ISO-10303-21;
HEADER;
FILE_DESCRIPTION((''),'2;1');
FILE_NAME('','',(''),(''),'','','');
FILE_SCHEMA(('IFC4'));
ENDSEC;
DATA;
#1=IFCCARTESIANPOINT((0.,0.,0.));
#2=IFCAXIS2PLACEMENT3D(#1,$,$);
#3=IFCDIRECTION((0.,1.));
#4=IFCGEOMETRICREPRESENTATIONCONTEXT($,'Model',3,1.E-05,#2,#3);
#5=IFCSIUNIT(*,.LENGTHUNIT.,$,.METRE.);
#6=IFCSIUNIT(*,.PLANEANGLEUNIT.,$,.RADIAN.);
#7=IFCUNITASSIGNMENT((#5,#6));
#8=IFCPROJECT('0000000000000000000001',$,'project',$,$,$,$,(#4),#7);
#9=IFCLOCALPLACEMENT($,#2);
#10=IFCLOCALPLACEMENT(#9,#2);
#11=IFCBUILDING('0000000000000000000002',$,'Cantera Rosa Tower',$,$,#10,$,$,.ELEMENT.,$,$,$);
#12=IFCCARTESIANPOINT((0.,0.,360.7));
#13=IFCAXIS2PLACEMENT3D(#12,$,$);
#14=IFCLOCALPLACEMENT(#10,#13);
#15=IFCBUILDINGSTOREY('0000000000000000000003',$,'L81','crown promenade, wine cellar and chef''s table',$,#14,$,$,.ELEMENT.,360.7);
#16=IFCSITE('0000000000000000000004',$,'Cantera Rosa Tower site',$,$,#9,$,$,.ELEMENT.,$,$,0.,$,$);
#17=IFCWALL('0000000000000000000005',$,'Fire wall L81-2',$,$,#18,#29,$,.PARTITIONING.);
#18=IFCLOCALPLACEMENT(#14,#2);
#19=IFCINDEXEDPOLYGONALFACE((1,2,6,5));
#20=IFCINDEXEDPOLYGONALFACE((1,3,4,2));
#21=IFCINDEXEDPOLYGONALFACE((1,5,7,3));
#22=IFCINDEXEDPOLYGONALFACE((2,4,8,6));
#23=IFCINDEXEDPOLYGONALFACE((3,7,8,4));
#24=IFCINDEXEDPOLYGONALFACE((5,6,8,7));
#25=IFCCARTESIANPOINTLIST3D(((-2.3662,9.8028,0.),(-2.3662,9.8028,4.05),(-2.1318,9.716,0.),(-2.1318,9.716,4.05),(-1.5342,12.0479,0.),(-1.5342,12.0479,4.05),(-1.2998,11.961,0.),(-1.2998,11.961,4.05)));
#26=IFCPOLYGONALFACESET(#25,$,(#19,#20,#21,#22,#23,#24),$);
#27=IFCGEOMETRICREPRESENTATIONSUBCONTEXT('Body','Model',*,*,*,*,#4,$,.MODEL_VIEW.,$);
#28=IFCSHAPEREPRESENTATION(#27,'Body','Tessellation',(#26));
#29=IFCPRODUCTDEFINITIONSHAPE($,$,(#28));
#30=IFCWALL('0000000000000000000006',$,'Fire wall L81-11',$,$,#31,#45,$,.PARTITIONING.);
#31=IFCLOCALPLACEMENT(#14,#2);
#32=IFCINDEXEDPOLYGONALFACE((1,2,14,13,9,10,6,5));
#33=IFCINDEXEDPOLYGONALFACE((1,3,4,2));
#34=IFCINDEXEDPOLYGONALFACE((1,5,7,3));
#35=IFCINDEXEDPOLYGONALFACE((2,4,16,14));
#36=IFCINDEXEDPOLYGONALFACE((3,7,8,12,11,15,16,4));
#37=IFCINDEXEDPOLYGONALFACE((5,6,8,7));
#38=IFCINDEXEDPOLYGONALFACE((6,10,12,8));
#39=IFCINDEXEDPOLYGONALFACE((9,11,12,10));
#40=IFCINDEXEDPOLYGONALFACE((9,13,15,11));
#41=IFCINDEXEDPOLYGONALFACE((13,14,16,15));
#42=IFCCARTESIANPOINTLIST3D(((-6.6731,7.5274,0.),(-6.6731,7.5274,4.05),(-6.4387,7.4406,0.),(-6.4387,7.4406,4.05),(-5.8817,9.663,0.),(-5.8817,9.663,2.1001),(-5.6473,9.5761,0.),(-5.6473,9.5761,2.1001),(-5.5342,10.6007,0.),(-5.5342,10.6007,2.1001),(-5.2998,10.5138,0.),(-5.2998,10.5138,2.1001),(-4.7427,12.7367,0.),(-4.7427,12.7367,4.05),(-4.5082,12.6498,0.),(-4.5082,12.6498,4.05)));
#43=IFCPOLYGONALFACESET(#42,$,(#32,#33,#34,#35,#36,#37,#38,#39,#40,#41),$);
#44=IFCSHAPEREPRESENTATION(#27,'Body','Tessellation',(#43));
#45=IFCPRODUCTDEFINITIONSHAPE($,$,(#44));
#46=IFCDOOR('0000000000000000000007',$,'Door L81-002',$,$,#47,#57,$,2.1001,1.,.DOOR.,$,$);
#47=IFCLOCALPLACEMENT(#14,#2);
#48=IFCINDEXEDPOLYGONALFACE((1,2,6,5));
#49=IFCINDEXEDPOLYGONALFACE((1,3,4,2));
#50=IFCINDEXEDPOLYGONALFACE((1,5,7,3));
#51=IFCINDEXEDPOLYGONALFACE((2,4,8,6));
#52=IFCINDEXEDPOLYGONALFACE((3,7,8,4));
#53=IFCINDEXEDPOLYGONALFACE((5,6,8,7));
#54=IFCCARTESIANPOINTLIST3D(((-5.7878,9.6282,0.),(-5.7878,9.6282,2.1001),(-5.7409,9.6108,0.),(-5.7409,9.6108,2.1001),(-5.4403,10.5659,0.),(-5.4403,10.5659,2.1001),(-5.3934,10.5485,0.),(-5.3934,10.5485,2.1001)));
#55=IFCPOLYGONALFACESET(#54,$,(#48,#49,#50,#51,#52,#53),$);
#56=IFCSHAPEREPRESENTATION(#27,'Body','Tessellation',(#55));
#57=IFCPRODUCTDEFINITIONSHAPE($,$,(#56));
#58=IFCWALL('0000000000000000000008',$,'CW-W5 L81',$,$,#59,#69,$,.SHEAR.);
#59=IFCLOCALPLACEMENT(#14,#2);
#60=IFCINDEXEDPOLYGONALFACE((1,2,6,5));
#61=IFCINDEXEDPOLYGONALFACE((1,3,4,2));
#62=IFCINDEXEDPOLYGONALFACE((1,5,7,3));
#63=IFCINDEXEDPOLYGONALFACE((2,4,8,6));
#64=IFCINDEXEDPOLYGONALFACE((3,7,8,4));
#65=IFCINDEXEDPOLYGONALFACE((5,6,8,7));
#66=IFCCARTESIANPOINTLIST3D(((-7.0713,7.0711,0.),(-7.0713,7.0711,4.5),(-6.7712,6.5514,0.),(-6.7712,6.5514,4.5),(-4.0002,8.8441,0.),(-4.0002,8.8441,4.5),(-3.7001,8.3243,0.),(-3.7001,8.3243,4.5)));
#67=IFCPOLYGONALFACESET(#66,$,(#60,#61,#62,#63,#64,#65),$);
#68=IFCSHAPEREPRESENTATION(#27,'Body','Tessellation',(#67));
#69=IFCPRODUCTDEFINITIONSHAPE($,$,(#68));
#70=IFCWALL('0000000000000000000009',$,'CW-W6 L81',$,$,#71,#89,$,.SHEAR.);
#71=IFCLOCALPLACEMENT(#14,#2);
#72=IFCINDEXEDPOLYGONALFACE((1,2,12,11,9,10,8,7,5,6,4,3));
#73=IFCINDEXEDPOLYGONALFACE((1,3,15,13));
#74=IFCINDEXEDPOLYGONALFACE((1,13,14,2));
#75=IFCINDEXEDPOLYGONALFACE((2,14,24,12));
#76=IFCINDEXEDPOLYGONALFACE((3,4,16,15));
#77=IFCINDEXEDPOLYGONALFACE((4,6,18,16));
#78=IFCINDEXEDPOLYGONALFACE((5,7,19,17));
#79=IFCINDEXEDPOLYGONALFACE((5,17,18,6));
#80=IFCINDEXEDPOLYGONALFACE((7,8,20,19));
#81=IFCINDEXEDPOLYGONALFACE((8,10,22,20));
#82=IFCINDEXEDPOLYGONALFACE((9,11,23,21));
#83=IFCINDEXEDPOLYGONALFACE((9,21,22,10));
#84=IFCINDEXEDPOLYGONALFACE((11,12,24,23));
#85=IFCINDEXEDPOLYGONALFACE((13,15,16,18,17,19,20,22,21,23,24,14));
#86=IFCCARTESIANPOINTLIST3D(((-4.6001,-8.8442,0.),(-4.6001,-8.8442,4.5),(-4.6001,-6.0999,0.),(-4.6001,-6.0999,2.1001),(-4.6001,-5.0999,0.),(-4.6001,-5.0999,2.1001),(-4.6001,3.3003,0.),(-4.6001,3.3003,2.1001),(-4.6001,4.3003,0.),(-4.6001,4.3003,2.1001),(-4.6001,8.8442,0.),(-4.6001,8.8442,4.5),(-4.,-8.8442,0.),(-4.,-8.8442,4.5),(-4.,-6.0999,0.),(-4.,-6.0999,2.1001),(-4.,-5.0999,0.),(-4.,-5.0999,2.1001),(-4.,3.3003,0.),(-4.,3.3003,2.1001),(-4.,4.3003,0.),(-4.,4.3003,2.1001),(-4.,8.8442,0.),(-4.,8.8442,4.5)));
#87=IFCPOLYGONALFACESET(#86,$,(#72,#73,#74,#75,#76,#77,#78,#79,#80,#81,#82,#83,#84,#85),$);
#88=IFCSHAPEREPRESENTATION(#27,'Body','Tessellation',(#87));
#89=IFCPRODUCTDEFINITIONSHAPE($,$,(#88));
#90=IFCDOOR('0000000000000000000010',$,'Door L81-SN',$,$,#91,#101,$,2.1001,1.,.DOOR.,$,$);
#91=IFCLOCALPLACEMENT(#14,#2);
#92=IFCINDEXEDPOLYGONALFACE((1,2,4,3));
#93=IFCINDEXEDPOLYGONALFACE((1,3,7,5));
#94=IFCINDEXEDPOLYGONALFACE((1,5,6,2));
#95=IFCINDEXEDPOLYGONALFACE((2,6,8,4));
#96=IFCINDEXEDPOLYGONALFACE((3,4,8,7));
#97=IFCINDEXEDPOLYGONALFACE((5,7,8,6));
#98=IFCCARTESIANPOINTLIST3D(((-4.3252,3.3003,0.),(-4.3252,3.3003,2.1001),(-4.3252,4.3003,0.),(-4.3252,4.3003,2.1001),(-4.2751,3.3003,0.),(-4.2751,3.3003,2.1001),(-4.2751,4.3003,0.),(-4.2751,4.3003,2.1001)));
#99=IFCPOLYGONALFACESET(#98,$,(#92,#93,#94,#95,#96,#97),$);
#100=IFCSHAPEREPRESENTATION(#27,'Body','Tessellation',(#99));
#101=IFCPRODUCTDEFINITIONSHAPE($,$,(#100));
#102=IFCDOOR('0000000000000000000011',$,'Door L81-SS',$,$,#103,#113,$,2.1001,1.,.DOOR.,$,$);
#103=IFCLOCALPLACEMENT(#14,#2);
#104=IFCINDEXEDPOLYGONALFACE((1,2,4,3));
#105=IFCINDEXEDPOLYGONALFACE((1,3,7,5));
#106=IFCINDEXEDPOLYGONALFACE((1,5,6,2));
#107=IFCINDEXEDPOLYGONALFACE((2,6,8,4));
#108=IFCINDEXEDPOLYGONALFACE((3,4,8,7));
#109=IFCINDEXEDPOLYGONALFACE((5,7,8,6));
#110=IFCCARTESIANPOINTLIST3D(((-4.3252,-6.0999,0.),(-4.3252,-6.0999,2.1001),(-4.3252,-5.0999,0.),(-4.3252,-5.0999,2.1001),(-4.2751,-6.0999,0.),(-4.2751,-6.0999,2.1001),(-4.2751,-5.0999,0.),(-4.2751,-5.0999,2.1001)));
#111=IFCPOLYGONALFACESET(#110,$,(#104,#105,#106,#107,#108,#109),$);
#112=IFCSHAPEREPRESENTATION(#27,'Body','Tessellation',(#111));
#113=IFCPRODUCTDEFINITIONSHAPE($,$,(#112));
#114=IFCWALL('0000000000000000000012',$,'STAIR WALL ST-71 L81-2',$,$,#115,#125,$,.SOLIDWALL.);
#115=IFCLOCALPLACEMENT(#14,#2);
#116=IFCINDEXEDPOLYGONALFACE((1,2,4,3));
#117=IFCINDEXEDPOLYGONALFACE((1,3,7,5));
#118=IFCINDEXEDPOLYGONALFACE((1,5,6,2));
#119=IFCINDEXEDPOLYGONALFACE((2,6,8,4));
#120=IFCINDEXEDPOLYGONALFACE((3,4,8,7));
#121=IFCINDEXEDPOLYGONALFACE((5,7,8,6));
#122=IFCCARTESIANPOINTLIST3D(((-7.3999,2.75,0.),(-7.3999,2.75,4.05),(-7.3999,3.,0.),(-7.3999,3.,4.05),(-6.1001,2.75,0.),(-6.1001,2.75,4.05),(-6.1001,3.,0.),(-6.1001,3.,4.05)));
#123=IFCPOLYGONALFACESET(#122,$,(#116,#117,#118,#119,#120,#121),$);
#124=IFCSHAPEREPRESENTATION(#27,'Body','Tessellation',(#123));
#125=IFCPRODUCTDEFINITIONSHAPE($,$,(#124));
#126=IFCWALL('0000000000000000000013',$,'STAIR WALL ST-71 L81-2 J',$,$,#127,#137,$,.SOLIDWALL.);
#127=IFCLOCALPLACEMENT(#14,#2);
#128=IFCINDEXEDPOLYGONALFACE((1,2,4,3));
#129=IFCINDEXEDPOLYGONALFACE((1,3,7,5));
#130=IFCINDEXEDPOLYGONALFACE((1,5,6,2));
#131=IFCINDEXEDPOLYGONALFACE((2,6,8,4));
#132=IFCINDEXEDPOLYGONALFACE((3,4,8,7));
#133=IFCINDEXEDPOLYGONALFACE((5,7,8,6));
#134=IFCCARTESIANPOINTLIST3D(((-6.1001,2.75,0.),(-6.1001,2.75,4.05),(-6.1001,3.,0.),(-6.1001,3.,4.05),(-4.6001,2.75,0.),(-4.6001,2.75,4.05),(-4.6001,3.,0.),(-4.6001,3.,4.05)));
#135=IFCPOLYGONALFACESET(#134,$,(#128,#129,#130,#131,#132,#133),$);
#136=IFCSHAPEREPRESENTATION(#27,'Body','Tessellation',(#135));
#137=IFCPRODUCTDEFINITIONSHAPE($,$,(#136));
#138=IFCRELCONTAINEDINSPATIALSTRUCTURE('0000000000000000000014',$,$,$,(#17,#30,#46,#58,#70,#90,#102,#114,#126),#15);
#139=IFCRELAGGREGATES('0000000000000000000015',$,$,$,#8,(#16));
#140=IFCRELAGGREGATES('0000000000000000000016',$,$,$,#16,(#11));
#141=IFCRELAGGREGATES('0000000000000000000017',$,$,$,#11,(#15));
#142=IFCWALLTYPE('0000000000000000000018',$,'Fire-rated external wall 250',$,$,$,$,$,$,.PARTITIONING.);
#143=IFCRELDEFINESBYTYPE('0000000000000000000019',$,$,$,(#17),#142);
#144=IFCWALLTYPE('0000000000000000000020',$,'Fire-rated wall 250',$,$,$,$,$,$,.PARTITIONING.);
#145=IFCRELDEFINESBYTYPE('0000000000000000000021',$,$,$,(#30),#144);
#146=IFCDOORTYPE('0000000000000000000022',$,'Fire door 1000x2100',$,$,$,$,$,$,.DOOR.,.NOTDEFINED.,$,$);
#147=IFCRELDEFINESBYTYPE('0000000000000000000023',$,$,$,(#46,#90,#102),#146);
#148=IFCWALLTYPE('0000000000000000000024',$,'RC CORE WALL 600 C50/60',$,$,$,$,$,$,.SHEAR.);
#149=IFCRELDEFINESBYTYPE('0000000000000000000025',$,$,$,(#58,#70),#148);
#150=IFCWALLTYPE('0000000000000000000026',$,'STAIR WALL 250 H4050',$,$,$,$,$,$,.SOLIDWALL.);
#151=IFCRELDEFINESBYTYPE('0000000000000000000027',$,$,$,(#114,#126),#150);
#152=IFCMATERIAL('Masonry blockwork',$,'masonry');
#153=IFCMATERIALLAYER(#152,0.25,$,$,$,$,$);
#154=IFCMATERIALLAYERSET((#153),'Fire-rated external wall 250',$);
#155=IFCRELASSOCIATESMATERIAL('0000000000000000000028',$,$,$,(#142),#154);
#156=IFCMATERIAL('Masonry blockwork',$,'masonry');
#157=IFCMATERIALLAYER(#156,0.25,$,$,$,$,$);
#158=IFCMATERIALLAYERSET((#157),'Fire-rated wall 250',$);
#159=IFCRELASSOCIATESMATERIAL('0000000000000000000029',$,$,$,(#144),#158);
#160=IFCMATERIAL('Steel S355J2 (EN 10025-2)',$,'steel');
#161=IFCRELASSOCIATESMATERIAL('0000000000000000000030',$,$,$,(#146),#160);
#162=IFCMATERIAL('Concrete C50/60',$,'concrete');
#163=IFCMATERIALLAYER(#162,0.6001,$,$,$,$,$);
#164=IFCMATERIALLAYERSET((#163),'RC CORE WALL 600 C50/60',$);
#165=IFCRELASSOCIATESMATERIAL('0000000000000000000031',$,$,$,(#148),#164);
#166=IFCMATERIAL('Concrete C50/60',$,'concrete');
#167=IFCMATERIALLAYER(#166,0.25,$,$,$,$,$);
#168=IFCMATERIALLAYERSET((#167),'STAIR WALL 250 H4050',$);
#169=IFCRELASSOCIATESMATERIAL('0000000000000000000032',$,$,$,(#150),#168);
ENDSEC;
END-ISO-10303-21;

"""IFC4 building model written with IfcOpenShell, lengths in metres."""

from ifc_helpers import new_model, si_unit, direction, frame, frame_2d, origin, place, context, subcontext, project, spatial, rectangle, extrude, material, layer, layer_set, type_object, element, fill, save


model = new_model("IFC4")

# Units and contexts
model_context = context("Model", 3, precision=1e-05, world=origin(), true_north=direction((0.0, 1.0)))
body_context = subcontext(model_context, "Body", "Model", "MODEL_VIEW")
ifc_project = project(units=[si_unit("LENGTHUNIT", "METRE"), si_unit("PLANEANGLEUNIT", "RADIAN")], contexts=[model_context])

# Site, building, storey
site_placement = place(None, origin())
site = spatial("IfcSite", under=ifc_project, at=site_placement, Name="Cantera Rosa Tower site", CompositionType="ELEMENT", RefElevation=0.0)
building_placement = place(site_placement, origin())
building = spatial("IfcBuilding", under=site, at=building_placement, Name="Cantera Rosa Tower", CompositionType="ELEMENT")
storey_placement = place(building_placement, frame((0.0, 0.0, 360.7)))
storey = spatial("IfcBuildingStorey", under=building, at=storey_placement, Name="L81", Description="crown promenade, wine cellar and chef's table", CompositionType="ELEMENT", Elevation=360.7)

# Wall
ifc_material_1 = material(Name="Masonry blockwork", Category="masonry")
ifc_layer_1 = layer(ifc_material_1, 0.25)
ifc_layer_set_1 = layer_set([ifc_layer_1], Name="Fire-rated external wall 250")
wall_type_1 = type_object("IfcWallType", Name="Fire-rated external wall 250", PredefinedType="PARTITIONING", material=ifc_layer_set_1)
wall_1_placement = place(storey_placement, frame((-2.249, 9.7593, 0.0), z_axis=(0.0, 0.0, 1.0), x_axis=(0.3475, 0.93768, 0.0)))
element("IfcWall", 1, at=wall_1_placement, inside=storey, type_object=wall_type_1, Name="Fire wall L81-2", PredefinedType="PARTITIONING", context=body_context, shape_type="SweptSolid", body=[
    extrude(rectangle(XDim=2.3943, YDim=0.25, at=frame_2d((1.1973, 0.0))), origin(), (0.0, 0.0, 1.0), 4.05),
])

# Wall, opening, door
ifc_material_2 = material(Name="Masonry blockwork", Category="masonry")
ifc_layer_2 = layer(ifc_material_2, 0.25)
ifc_layer_set_2 = layer_set([ifc_layer_2], Name="Fire-rated wall 250")
wall_type_2 = type_object("IfcWallType", Name="Fire-rated wall 250", PredefinedType="PARTITIONING", material=ifc_layer_set_2)
wall_2_placement = place(storey_placement, frame((-6.5559, 7.4839, 0.0), z_axis=(0.0, 0.0, 1.0), x_axis=(0.347485, 0.937686, 0.0)))
wall_2 = element("IfcWall", 2, at=wall_2_placement, inside=storey, type_object=wall_type_2, Name="Fire wall L81-11", PredefinedType="PARTITIONING", context=body_context, shape_type="SweptSolid", body=[
    extrude(rectangle(XDim=5.5554, YDim=0.25, at=frame_2d((2.7778, 0.0))), origin(), (0.0, 0.0, 1.0), 4.05),
])
opening_1_placement = place(wall_2_placement, frame((2.2776, 0.0, 0.0)))
opening_1 = element("IfcOpeningElement", 3, at=opening_1_placement, cuts=wall_2, PredefinedType="OPENING", context=body_context, shape_type="SweptSolid", body=[
    extrude(rectangle(XDim=1.0, YDim=2.1001, at=frame_2d((0.5, 1.05))), frame((0.0, 0.135, 0.0), z_axis=(0.0, -1.0, 0.0), x_axis=(1.0, 0.0, 0.0)), (0.0, 0.0, 1.0), 0.27),
])
ifc_material_3 = material(Name="Steel S355J2 (EN 10025-2)", Category="steel")
door_type = type_object("IfcDoorType", Name="Fire door 1000x2100", OperationType="NOTDEFINED", PredefinedType="DOOR", material=ifc_material_3)
door_1_placement = place(opening_1_placement, origin())
door_1 = element("IfcDoor", 4, at=door_1_placement, inside=storey, type_object=door_type, Name="Door L81-002", OverallHeight=2.1001, OverallWidth=1.0, PredefinedType="DOOR", context=body_context, shape_type="SweptSolid", body=[
    extrude(rectangle(XDim=1.0, YDim=2.1001, at=frame_2d((0.5, 1.05))), frame((0.0, 0.0249, 0.0), z_axis=(0.0, -1.0, 0.0), x_axis=(1.0, 0.0, 0.0)), (0.0, 0.0, 1.0), 0.05),
])
fill(opening_1, door_1)

# Wall
ifc_material_4 = material(Name="Concrete C50/60", Category="concrete")
ifc_layer_3 = layer(ifc_material_4, 0.6001)
ifc_layer_set_3 = layer_set([ifc_layer_3], Name="RC CORE WALL 600 C50/60")
wall_type_3 = type_object("IfcWallType", Name="RC CORE WALL 600 C50/60", PredefinedType="SHEAR", material=ifc_layer_set_3)
wall_3_placement = place(storey_placement, frame((-6.9211, 6.8113, 0.0), z_axis=(0.0, 0.0, 1.0), x_axis=(0.86604, 0.499975, 0.0)))
element("IfcWall", 5, at=wall_3_placement, inside=storey, type_object=wall_type_3, Name="CW-W5 L81", PredefinedType="SHEAR", context=body_context, shape_type="SweptSolid", body=[
    extrude(rectangle(XDim=3.5461, YDim=0.6001, at=frame_2d((1.7729, 0.0))), origin(), (0.0, 0.0, 1.0), 4.5),
])

# Wall, openings, doors
wall_4_placement = place(storey_placement, frame((-4.3, 8.8442, 0.0), z_axis=(0.0, 0.0, 1.0), x_axis=(0.0, -1.0, 0.0)))
wall_4 = element("IfcWall", 6, at=wall_4_placement, inside=storey, type_object=wall_type_3, Name="CW-W6 L81", PredefinedType="SHEAR", context=body_context, shape_type="SweptSolid", body=[
    extrude(rectangle(XDim=17.6885, YDim=0.6001, at=frame_2d((8.8442, 0.0))), origin(), (0.0, 0.0, 1.0), 4.5),
])
opening_2_placement = place(wall_4_placement, frame((4.5439, 0.0, 0.0)))
opening_2 = element("IfcOpeningElement", 7, at=opening_2_placement, cuts=wall_4, PredefinedType="OPENING", context=body_context, shape_type="SweptSolid", body=[
    extrude(rectangle(XDim=1.0, YDim=2.1001, at=frame_2d((0.5, 1.05))), frame((0.0, 0.3101, 0.0), z_axis=(0.0, -1.0, 0.0), x_axis=(1.0, 0.0, 0.0)), (0.0, 0.0, 1.0), 0.6201),
])
opening_3_placement = place(wall_4_placement, frame((13.9441, 0.0, 0.0)))
opening_3 = element("IfcOpeningElement", 8, at=opening_3_placement, cuts=wall_4, PredefinedType="OPENING", context=body_context, shape_type="SweptSolid", body=[
    extrude(rectangle(XDim=1.0, YDim=2.1001, at=frame_2d((0.5, 1.05))), frame((0.0, 0.3101, 0.0), z_axis=(0.0, -1.0, 0.0), x_axis=(1.0, 0.0, 0.0)), (0.0, 0.0, 1.0), 0.6201),
])
door_2_placement = place(opening_2_placement, origin())
door_2 = element("IfcDoor", 9, at=door_2_placement, inside=storey, type_object=door_type, Name="Door L81-SN", OverallHeight=2.1001, OverallWidth=1.0, PredefinedType="DOOR", context=body_context, shape_type="SweptSolid", body=[
    extrude(rectangle(XDim=1.0, YDim=2.1001, at=frame_2d((0.5, 1.05))), frame((0.0, 0.0249, 0.0), z_axis=(0.0, -1.0, 0.0), x_axis=(1.0, 0.0, 0.0)), (0.0, 0.0, 1.0), 0.05),
])
fill(opening_2, door_2)
door_3_placement = place(opening_3_placement, origin())
door_3 = element("IfcDoor", 10, at=door_3_placement, inside=storey, type_object=door_type, Name="Door L81-SS", OverallHeight=2.1001, OverallWidth=1.0, PredefinedType="DOOR", context=body_context, shape_type="SweptSolid", body=[
    extrude(rectangle(XDim=1.0, YDim=2.1001, at=frame_2d((0.5, 1.05))), frame((0.0, 0.0249, 0.0), z_axis=(0.0, -1.0, 0.0), x_axis=(1.0, 0.0, 0.0)), (0.0, 0.0, 1.0), 0.05),
])
fill(opening_3, door_3)

# Walls
ifc_material_5 = material(Name="Concrete C50/60", Category="concrete")
ifc_layer_4 = layer(ifc_material_5, 0.25)
ifc_layer_set_4 = layer_set([ifc_layer_4], Name="STAIR WALL 250 H4050")
wall_type_4 = type_object("IfcWallType", Name="STAIR WALL 250 H4050", PredefinedType="SOLIDWALL", material=ifc_layer_set_4)
wall_5_placement = place(storey_placement, frame((-7.3999, 2.875, 0.0), z_axis=(0.0, 0.0, 1.0), x_axis=(1.0, 0.0, 0.0)))
element("IfcWall", 11, at=wall_5_placement, inside=storey, type_object=wall_type_4, Name="STAIR WALL ST-71 L81-2", PredefinedType="SOLIDWALL", context=body_context, shape_type="SweptSolid", body=[
    extrude(rectangle(XDim=1.2998, YDim=0.25, at=frame_2d((0.6499, 0.0))), origin(), (0.0, 0.0, 1.0), 4.05),
])
wall_6_placement = place(storey_placement, frame((-6.1001, 2.875, 0.0), z_axis=(0.0, 0.0, 1.0), x_axis=(1.0, 0.0, 0.0)))
element("IfcWall", 12, at=wall_6_placement, inside=storey, type_object=wall_type_4, Name="STAIR WALL ST-71 L81-2 J", PredefinedType="SOLIDWALL", context=body_context, shape_type="SweptSolid", body=[
    extrude(rectangle(XDim=1.5, YDim=0.25, at=frame_2d((0.75, 0.0))), origin(), (0.0, 0.0, 1.0), 4.05),
])

save(model, "model.ifc")
